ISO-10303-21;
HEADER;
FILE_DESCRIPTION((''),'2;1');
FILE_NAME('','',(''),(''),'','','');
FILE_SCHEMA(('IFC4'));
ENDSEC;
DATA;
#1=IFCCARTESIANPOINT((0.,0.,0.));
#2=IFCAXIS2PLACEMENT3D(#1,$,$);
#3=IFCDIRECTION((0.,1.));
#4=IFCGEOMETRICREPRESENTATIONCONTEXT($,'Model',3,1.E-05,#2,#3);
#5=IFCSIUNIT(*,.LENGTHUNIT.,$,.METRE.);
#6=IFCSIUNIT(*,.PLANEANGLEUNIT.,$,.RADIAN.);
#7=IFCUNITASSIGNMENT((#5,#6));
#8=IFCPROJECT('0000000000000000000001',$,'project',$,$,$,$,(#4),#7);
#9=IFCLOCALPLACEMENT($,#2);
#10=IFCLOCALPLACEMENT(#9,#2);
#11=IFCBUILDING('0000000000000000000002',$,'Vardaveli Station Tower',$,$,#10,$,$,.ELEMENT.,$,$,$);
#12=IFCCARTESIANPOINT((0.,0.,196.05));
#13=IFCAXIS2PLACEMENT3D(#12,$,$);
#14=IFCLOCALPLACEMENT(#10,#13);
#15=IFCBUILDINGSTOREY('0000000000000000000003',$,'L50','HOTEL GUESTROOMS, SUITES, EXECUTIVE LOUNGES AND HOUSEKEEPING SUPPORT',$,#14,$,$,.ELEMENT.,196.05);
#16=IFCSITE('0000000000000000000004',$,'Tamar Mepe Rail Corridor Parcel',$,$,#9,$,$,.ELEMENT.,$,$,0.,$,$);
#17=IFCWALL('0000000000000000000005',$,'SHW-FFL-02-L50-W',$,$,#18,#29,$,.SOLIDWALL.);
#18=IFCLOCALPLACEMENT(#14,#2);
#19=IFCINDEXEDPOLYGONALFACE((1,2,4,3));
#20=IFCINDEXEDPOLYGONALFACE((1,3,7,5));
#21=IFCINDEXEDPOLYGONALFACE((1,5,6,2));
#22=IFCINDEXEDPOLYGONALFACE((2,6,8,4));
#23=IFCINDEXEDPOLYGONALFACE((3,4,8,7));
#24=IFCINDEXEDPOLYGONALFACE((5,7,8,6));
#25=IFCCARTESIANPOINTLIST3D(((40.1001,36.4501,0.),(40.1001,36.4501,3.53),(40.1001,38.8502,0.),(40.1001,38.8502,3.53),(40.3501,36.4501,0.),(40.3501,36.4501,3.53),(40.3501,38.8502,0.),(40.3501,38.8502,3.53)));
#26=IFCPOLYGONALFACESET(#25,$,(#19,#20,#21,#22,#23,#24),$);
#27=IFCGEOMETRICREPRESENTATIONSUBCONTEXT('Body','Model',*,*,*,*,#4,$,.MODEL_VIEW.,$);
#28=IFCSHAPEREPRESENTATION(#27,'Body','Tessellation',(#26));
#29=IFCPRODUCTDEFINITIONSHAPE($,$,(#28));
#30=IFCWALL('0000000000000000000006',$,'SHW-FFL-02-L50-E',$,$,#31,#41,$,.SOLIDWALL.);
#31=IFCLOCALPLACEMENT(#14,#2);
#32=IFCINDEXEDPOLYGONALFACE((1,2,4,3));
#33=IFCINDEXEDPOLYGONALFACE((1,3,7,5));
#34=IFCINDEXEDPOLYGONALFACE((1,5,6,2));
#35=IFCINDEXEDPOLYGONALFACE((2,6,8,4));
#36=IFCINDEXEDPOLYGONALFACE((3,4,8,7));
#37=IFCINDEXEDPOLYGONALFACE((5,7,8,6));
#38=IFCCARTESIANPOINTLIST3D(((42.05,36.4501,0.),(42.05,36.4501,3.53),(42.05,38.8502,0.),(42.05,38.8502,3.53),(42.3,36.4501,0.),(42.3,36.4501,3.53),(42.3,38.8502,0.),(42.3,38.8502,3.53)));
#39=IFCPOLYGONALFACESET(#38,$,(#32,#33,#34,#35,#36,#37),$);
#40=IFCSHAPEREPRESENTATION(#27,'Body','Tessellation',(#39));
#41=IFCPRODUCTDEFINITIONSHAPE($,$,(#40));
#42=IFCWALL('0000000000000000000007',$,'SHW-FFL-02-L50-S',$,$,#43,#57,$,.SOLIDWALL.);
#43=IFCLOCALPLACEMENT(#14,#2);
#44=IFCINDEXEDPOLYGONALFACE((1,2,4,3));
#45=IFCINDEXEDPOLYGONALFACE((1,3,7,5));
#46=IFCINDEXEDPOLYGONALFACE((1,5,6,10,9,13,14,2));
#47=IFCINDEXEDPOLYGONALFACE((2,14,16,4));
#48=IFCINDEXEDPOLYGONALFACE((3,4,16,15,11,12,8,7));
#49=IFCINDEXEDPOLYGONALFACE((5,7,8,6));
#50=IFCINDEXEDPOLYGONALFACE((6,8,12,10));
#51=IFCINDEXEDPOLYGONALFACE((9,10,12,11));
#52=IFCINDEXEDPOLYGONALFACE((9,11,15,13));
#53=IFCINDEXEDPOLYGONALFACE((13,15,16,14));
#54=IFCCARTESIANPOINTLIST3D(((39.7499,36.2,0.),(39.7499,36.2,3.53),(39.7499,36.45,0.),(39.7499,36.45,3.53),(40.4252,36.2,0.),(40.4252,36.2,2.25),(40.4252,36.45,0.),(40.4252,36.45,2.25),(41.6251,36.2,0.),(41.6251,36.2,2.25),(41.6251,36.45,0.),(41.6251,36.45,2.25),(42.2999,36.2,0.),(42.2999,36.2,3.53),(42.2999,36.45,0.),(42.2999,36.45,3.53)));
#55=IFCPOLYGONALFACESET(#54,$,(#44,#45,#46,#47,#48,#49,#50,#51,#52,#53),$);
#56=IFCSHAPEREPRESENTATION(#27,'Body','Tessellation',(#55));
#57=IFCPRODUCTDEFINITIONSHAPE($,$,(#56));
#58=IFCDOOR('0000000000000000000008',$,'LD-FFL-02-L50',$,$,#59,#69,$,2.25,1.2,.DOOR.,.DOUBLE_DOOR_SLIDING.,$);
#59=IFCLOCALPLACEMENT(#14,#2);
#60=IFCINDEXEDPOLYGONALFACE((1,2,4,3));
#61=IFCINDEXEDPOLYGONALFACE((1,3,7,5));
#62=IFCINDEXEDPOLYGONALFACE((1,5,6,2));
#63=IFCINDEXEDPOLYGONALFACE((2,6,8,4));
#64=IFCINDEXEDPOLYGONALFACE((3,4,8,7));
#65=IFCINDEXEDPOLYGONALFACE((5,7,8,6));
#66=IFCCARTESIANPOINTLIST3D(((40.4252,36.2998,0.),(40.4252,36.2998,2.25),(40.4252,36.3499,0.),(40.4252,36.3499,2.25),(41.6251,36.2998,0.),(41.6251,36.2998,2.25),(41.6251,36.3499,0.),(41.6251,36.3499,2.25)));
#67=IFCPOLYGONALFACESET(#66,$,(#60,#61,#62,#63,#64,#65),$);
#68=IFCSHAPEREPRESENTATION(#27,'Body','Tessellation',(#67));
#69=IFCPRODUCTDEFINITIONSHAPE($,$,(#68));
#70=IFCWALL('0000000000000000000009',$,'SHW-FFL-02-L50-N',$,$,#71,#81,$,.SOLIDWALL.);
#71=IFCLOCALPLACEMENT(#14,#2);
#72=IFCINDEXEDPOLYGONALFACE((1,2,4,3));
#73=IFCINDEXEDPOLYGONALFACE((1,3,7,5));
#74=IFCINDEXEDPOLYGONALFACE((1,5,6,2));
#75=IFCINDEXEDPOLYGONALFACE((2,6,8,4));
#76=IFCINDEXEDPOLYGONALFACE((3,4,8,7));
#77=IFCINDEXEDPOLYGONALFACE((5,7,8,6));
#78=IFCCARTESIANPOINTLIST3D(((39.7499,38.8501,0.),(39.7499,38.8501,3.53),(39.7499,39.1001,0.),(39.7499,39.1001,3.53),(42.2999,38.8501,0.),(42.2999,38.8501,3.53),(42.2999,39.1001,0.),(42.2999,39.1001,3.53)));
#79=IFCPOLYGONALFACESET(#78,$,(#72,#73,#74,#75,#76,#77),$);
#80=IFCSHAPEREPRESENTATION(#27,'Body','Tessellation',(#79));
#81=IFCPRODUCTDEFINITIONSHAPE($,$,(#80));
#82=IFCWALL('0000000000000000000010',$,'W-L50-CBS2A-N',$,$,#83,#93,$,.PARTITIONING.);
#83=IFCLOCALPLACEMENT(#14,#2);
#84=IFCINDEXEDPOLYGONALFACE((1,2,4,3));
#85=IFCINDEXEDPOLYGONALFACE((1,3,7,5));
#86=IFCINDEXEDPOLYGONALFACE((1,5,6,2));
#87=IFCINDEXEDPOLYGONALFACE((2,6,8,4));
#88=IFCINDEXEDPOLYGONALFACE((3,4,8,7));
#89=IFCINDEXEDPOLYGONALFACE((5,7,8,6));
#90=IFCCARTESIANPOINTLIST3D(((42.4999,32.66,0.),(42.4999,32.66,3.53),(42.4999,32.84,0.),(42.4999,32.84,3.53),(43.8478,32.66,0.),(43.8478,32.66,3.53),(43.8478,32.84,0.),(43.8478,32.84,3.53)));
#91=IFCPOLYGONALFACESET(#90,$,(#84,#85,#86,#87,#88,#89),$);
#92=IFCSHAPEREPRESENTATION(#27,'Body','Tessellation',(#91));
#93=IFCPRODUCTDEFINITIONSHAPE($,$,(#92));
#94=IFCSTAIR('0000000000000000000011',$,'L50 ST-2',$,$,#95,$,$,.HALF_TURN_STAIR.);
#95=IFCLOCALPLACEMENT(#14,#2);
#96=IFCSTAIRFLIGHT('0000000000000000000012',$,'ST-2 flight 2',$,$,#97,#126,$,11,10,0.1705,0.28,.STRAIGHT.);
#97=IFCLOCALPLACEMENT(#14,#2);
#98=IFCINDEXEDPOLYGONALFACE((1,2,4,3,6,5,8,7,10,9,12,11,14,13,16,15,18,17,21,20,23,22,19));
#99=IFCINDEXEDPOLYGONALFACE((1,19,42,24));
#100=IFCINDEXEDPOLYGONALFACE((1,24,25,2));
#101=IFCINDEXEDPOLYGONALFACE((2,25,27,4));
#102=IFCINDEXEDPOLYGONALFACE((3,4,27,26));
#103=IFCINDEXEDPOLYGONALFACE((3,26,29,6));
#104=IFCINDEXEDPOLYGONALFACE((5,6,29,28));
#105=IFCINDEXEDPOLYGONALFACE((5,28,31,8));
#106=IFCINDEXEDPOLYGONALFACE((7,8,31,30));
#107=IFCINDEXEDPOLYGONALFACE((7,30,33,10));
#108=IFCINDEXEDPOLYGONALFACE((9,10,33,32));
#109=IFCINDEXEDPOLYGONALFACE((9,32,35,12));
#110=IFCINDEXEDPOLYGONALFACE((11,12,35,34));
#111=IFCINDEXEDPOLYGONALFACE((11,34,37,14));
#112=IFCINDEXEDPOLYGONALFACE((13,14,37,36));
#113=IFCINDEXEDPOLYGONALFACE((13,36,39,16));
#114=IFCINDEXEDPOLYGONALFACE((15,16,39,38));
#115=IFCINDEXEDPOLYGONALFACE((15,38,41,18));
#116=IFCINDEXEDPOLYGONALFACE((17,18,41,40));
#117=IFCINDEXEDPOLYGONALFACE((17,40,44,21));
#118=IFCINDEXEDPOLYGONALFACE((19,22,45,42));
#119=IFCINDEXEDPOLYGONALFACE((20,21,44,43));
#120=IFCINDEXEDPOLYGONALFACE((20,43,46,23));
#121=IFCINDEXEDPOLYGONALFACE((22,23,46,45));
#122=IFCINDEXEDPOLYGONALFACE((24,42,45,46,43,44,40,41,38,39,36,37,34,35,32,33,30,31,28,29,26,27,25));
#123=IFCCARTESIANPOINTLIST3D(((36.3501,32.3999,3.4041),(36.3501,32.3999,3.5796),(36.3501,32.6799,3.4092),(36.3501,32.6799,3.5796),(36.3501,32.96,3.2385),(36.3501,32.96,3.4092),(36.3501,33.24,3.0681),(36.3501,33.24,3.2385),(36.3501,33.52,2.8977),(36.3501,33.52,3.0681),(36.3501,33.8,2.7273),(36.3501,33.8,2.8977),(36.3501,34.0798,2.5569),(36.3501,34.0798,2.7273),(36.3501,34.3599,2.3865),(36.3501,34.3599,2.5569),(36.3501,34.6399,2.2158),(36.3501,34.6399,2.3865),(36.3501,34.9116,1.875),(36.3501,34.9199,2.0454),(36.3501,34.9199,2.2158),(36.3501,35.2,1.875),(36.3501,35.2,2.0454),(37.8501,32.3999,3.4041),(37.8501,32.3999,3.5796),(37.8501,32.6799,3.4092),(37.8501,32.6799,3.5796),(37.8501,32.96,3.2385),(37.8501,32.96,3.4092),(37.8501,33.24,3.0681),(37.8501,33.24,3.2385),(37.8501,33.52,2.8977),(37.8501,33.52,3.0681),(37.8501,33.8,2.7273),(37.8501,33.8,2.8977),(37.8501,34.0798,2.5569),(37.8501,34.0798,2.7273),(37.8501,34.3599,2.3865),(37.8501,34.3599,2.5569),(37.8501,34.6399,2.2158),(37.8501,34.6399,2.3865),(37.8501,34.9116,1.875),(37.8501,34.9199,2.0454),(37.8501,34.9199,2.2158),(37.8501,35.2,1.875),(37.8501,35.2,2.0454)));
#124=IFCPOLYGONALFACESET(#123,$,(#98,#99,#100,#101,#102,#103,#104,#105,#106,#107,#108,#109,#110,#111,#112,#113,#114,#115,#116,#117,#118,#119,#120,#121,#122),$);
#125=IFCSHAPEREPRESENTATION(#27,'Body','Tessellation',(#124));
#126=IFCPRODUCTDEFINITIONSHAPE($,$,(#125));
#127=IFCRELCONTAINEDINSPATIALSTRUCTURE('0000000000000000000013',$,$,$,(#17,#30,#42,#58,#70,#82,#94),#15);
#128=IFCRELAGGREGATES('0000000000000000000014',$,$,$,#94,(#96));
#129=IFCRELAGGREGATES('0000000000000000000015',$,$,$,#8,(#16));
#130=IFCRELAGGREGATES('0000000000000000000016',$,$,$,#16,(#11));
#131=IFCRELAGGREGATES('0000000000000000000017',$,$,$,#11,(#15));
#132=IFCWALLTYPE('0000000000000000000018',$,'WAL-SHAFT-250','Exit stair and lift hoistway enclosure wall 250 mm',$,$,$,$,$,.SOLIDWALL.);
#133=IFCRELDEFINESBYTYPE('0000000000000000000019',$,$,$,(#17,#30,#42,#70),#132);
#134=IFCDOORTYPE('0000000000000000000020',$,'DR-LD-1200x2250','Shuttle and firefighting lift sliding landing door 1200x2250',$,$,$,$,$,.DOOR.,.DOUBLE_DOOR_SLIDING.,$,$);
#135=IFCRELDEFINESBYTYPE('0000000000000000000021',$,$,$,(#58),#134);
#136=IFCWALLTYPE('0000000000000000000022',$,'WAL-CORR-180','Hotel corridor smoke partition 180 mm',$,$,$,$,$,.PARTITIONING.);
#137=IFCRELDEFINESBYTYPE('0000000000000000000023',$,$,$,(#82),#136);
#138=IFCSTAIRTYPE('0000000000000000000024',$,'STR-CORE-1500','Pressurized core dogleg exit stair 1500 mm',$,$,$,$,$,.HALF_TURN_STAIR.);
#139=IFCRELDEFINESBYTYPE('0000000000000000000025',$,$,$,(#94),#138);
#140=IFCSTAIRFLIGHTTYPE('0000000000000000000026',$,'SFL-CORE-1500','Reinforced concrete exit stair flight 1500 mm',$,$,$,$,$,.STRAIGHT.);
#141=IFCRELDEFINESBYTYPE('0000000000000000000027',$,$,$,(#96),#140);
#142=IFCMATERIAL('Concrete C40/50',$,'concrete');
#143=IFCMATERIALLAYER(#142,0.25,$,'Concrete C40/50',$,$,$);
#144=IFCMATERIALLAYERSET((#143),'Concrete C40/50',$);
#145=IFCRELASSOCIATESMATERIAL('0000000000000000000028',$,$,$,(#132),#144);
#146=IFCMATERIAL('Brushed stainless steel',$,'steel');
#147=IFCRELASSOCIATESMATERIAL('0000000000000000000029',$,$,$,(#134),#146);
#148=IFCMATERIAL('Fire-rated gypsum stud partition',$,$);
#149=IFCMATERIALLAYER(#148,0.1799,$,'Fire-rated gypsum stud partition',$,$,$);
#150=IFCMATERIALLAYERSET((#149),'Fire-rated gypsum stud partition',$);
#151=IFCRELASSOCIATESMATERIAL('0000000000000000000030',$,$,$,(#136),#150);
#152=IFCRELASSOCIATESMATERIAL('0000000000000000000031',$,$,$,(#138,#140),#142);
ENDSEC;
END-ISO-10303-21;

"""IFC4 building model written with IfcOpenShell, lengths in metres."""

from ifc_helpers import new_model, si_unit, direction, frame, frame_2d, origin, place, context, subcontext, project, spatial, polyline, rectangle, outline, extrude, source, transform, mapped, material, layer, layer_set, type_object, element, fill, aggregate, save


model = new_model("IFC4")

# Units and contexts
model_context = context("Model", 3, precision=1e-05, world=origin(), true_north=direction((0.0, 1.0)))
body_context = subcontext(model_context, "Body", "Model", "MODEL_VIEW")
ifc_project = project(units=[si_unit("LENGTHUNIT", "METRE"), si_unit("PLANEANGLEUNIT", "RADIAN")], contexts=[model_context])

# Site, building, storey
site_placement = place(None, origin())
site = spatial("IfcSite", under=ifc_project, at=site_placement, Name="Tamar Mepe Rail Corridor Parcel", CompositionType="ELEMENT", RefElevation=0.0)
building_placement = place(site_placement, origin())
building = spatial("IfcBuilding", under=site, at=building_placement, Name="Vardaveli Station Tower", CompositionType="ELEMENT")
storey_placement = place(building_placement, frame((0.0, 0.0, 196.05)))
storey = spatial("IfcBuildingStorey", under=building, at=storey_placement, Name="L50", Description="HOTEL GUESTROOMS, SUITES, EXECUTIVE LOUNGES AND HOUSEKEEPING SUPPORT", CompositionType="ELEMENT", Elevation=196.05)

# Walls
ifc_material_1 = material(Name="Concrete C40/50", Category="concrete")
ifc_layer_1 = layer(ifc_material_1, 0.25, Name="Concrete C40/50")
ifc_layer_set_1 = layer_set([ifc_layer_1], Name="Concrete C40/50")
wall_type_1 = type_object("IfcWallType", Name="WAL-SHAFT-250", Description="Exit stair and lift hoistway enclosure wall 250 mm", PredefinedType="SOLIDWALL", material=ifc_layer_set_1)
shared_shape_1 = source(origin(), body_context, "Body", "SweptSolid", [
    extrude(rectangle(XDim=2.4001, YDim=0.25, at=frame_2d((1.2002, 0.0))), origin(), (0.0, 0.0, 1.0), 3.53),
])
for number, where, z_axis, x_axis, name in (
    (1, (40.2251, 36.45, 0.0), (0.0, 0.0, 1.0), (0.0, 1.0, 0.0), "SHW-FFL-02-L50-W"),
    (2, (42.175, 36.45, 0.0), (0.0, 0.0, 1.0), (0.0, 1.0, 0.0), "SHW-FFL-02-L50-E"),
):
    element("IfcWall", number, at=place(storey_placement, frame(where, z_axis=z_axis, x_axis=x_axis)), inside=storey, type_object=wall_type_1, Name=name, PredefinedType="SOLIDWALL", context=body_context, shape_type="MappedRepresentation", body=[
        mapped(shared_shape_1, transform((0.0, 0.0, 0.0), scale=1.0)),
    ])

# Wall, opening, door
shared_shape_2 = source(origin(), body_context, "Body", "SweptSolid", [
    extrude(rectangle(XDim=2.55, YDim=0.25, at=frame_2d((1.2749, 0.0))), origin(), (0.0, 0.0, 1.0), 3.53),
])
wall_1_placement = place(storey_placement, frame((39.75, 36.325, 0.0), z_axis=(0.0, 0.0, 1.0), x_axis=(1.0, 0.0, 0.0)))
wall_1 = element("IfcWall", 3, at=wall_1_placement, inside=storey, type_object=wall_type_1, Name="SHW-FFL-02-L50-S", PredefinedType="SOLIDWALL", context=body_context, shape_type="MappedRepresentation", body=[
    mapped(shared_shape_2, transform((0.0, 0.0, 0.0), scale=1.0)),
])
shared_shape_3 = source(origin(), body_context, "Body", "SweptSolid", [
    extrude(rectangle(XDim=1.2, YDim=2.25, at=frame_2d((0.6001, 1.125))), frame((0.0, 0.135, 0.0), z_axis=(0.0, -1.0, 0.0), x_axis=(1.0, 0.0, 0.0)), (0.0, 0.0, 1.0), 0.27),
])
opening_placement = place(wall_1_placement, frame((0.675, 0.0, 0.0)))
opening = element("IfcOpeningElement", 4, at=opening_placement, cuts=wall_1, PredefinedType="OPENING", context=body_context, shape_type="MappedRepresentation", body=[
    mapped(shared_shape_3, transform((0.0, 0.0, 0.0), scale=1.0)),
])
ifc_material_2 = material(Name="Brushed stainless steel", Category="steel")
door_type = type_object("IfcDoorType", Name="DR-LD-1200x2250", Description="Shuttle and firefighting lift sliding landing door 1200x2250", OperationType="DOUBLE_DOOR_SLIDING", PredefinedType="DOOR", material=ifc_material_2)
shared_shape_4 = source(origin(), body_context, "Body", "SweptSolid", [
    extrude(rectangle(XDim=1.2, YDim=2.25, at=frame_2d((0.6001, 1.125))), frame((0.0, 0.0249, 0.0), z_axis=(0.0, -1.0, 0.0), x_axis=(1.0, 0.0, 0.0)), (0.0, 0.0, 1.0), 0.05),
])
door_placement = place(opening_placement, origin())
door = element("IfcDoor", 5, at=door_placement, inside=storey, type_object=door_type, Name="LD-FFL-02-L50", OperationType="DOUBLE_DOOR_SLIDING", OverallHeight=2.25, OverallWidth=1.2, PredefinedType="DOOR", context=body_context, shape_type="MappedRepresentation", body=[
    mapped(shared_shape_4, transform((0.0, 0.0, 0.0), scale=1.0)),
])
fill(opening, door)

# Walls
wall_2_placement = place(storey_placement, frame((39.75, 38.9751, 0.0), z_axis=(0.0, 0.0, 1.0), x_axis=(1.0, 0.0, 0.0)))
element("IfcWall", 6, at=wall_2_placement, inside=storey, type_object=wall_type_1, Name="SHW-FFL-02-L50-N", PredefinedType="SOLIDWALL", context=body_context, shape_type="MappedRepresentation", body=[
    mapped(shared_shape_2, transform((0.0, 0.0, 0.0), scale=1.0)),
])
ifc_material_3 = material(Name="Fire-rated gypsum stud partition")
ifc_layer_2 = layer(ifc_material_3, 0.1799, Name="Fire-rated gypsum stud partition")
ifc_layer_set_2 = layer_set([ifc_layer_2], Name="Fire-rated gypsum stud partition")
wall_type_2 = type_object("IfcWallType", Name="WAL-CORR-180", Description="Hotel corridor smoke partition 180 mm", PredefinedType="PARTITIONING", material=ifc_layer_set_2)
shared_shape_5 = source(origin(), body_context, "Body", "SweptSolid", [
    extrude(rectangle(XDim=1.3479, YDim=0.1799, at=frame_2d((0.6738, 0.0))), origin(), (0.0, 0.0, 1.0), 3.53),
])
wall_3_placement = place(storey_placement, frame((42.5, 32.75, 0.0), z_axis=(0.0, 0.0, 1.0), x_axis=(1.0, 0.0, 0.0)))
element("IfcWall", 7, at=wall_3_placement, inside=storey, type_object=wall_type_2, Name="W-L50-CBS2A-N", PredefinedType="PARTITIONING", context=body_context, shape_type="MappedRepresentation", body=[
    mapped(shared_shape_5, transform((0.0, 0.0, 0.0), scale=1.0)),
])

# Stair, stair flight
stair_type = type_object("IfcStairType", Name="STR-CORE-1500", Description="Pressurized core dogleg exit stair 1500 mm", PredefinedType="HALF_TURN_STAIR", material=ifc_material_1)
stair_placement = place(storey_placement, origin())
stair = element("IfcStair", 8, at=stair_placement, inside=storey, type_object=stair_type, Name="L50 ST-2", PredefinedType="HALF_TURN_STAIR")
stair_flight_type = type_object("IfcStairFlightType", Name="SFL-CORE-1500", Description="Reinforced concrete exit stair flight 1500 mm", PredefinedType="STRAIGHT", material=ifc_material_1)
shared_shape_6 = source(origin(), body_context, "Body", "SweptSolid", [
    extrude(outline(polyline([(0.0, 0.0), (0.0, 0.1704), (0.28, 0.1704), (0.28, 0.3408), (0.5601, 0.3408), (0.5601, 0.5115), (0.8401, 0.5115), (0.8401, 0.6819), (1.1201, 0.6819), (1.1201, 0.8523), (1.3999, 0.8523), (1.3999, 1.0227), (1.6799, 1.0227), (1.6799, 1.1931), (1.96, 1.1931), (1.96, 1.3635), (2.24, 1.3635), (2.24, 1.5342), (2.52, 1.5342), (2.52, 1.7046), (2.8, 1.7046), (2.8, 1.875), (2.8, 1.5291), (0.2883, 0.0), (0.0, 0.0)])), frame((0.0, 0.75, 0.0), z_axis=(0.0, -1.0, 0.0), x_axis=(1.0, 0.0, 0.0)), (0.0, 0.0, 1.0), 1.5),
])
stair_flight_placement = place(storey_placement, frame((37.1001, 35.2, 1.875), z_axis=(0.0, 0.0, 1.0), x_axis=(0.0, -1.0, 0.0)))
stair_flight = element("IfcStairFlight", 9, at=stair_flight_placement, type_object=stair_flight_type, Name="ST-2 flight 2", NumberOfRisers=11, NumberOfTreads=10, PredefinedType="STRAIGHT", RiserHeight=0.1705, TreadLength=0.28, context=body_context, shape_type="MappedRepresentation", body=[
    mapped(shared_shape_6, transform((0.0, 0.0, 0.0), scale=1.0)),
])
aggregate(stair, [stair_flight])

save(model, "model.ifc")
